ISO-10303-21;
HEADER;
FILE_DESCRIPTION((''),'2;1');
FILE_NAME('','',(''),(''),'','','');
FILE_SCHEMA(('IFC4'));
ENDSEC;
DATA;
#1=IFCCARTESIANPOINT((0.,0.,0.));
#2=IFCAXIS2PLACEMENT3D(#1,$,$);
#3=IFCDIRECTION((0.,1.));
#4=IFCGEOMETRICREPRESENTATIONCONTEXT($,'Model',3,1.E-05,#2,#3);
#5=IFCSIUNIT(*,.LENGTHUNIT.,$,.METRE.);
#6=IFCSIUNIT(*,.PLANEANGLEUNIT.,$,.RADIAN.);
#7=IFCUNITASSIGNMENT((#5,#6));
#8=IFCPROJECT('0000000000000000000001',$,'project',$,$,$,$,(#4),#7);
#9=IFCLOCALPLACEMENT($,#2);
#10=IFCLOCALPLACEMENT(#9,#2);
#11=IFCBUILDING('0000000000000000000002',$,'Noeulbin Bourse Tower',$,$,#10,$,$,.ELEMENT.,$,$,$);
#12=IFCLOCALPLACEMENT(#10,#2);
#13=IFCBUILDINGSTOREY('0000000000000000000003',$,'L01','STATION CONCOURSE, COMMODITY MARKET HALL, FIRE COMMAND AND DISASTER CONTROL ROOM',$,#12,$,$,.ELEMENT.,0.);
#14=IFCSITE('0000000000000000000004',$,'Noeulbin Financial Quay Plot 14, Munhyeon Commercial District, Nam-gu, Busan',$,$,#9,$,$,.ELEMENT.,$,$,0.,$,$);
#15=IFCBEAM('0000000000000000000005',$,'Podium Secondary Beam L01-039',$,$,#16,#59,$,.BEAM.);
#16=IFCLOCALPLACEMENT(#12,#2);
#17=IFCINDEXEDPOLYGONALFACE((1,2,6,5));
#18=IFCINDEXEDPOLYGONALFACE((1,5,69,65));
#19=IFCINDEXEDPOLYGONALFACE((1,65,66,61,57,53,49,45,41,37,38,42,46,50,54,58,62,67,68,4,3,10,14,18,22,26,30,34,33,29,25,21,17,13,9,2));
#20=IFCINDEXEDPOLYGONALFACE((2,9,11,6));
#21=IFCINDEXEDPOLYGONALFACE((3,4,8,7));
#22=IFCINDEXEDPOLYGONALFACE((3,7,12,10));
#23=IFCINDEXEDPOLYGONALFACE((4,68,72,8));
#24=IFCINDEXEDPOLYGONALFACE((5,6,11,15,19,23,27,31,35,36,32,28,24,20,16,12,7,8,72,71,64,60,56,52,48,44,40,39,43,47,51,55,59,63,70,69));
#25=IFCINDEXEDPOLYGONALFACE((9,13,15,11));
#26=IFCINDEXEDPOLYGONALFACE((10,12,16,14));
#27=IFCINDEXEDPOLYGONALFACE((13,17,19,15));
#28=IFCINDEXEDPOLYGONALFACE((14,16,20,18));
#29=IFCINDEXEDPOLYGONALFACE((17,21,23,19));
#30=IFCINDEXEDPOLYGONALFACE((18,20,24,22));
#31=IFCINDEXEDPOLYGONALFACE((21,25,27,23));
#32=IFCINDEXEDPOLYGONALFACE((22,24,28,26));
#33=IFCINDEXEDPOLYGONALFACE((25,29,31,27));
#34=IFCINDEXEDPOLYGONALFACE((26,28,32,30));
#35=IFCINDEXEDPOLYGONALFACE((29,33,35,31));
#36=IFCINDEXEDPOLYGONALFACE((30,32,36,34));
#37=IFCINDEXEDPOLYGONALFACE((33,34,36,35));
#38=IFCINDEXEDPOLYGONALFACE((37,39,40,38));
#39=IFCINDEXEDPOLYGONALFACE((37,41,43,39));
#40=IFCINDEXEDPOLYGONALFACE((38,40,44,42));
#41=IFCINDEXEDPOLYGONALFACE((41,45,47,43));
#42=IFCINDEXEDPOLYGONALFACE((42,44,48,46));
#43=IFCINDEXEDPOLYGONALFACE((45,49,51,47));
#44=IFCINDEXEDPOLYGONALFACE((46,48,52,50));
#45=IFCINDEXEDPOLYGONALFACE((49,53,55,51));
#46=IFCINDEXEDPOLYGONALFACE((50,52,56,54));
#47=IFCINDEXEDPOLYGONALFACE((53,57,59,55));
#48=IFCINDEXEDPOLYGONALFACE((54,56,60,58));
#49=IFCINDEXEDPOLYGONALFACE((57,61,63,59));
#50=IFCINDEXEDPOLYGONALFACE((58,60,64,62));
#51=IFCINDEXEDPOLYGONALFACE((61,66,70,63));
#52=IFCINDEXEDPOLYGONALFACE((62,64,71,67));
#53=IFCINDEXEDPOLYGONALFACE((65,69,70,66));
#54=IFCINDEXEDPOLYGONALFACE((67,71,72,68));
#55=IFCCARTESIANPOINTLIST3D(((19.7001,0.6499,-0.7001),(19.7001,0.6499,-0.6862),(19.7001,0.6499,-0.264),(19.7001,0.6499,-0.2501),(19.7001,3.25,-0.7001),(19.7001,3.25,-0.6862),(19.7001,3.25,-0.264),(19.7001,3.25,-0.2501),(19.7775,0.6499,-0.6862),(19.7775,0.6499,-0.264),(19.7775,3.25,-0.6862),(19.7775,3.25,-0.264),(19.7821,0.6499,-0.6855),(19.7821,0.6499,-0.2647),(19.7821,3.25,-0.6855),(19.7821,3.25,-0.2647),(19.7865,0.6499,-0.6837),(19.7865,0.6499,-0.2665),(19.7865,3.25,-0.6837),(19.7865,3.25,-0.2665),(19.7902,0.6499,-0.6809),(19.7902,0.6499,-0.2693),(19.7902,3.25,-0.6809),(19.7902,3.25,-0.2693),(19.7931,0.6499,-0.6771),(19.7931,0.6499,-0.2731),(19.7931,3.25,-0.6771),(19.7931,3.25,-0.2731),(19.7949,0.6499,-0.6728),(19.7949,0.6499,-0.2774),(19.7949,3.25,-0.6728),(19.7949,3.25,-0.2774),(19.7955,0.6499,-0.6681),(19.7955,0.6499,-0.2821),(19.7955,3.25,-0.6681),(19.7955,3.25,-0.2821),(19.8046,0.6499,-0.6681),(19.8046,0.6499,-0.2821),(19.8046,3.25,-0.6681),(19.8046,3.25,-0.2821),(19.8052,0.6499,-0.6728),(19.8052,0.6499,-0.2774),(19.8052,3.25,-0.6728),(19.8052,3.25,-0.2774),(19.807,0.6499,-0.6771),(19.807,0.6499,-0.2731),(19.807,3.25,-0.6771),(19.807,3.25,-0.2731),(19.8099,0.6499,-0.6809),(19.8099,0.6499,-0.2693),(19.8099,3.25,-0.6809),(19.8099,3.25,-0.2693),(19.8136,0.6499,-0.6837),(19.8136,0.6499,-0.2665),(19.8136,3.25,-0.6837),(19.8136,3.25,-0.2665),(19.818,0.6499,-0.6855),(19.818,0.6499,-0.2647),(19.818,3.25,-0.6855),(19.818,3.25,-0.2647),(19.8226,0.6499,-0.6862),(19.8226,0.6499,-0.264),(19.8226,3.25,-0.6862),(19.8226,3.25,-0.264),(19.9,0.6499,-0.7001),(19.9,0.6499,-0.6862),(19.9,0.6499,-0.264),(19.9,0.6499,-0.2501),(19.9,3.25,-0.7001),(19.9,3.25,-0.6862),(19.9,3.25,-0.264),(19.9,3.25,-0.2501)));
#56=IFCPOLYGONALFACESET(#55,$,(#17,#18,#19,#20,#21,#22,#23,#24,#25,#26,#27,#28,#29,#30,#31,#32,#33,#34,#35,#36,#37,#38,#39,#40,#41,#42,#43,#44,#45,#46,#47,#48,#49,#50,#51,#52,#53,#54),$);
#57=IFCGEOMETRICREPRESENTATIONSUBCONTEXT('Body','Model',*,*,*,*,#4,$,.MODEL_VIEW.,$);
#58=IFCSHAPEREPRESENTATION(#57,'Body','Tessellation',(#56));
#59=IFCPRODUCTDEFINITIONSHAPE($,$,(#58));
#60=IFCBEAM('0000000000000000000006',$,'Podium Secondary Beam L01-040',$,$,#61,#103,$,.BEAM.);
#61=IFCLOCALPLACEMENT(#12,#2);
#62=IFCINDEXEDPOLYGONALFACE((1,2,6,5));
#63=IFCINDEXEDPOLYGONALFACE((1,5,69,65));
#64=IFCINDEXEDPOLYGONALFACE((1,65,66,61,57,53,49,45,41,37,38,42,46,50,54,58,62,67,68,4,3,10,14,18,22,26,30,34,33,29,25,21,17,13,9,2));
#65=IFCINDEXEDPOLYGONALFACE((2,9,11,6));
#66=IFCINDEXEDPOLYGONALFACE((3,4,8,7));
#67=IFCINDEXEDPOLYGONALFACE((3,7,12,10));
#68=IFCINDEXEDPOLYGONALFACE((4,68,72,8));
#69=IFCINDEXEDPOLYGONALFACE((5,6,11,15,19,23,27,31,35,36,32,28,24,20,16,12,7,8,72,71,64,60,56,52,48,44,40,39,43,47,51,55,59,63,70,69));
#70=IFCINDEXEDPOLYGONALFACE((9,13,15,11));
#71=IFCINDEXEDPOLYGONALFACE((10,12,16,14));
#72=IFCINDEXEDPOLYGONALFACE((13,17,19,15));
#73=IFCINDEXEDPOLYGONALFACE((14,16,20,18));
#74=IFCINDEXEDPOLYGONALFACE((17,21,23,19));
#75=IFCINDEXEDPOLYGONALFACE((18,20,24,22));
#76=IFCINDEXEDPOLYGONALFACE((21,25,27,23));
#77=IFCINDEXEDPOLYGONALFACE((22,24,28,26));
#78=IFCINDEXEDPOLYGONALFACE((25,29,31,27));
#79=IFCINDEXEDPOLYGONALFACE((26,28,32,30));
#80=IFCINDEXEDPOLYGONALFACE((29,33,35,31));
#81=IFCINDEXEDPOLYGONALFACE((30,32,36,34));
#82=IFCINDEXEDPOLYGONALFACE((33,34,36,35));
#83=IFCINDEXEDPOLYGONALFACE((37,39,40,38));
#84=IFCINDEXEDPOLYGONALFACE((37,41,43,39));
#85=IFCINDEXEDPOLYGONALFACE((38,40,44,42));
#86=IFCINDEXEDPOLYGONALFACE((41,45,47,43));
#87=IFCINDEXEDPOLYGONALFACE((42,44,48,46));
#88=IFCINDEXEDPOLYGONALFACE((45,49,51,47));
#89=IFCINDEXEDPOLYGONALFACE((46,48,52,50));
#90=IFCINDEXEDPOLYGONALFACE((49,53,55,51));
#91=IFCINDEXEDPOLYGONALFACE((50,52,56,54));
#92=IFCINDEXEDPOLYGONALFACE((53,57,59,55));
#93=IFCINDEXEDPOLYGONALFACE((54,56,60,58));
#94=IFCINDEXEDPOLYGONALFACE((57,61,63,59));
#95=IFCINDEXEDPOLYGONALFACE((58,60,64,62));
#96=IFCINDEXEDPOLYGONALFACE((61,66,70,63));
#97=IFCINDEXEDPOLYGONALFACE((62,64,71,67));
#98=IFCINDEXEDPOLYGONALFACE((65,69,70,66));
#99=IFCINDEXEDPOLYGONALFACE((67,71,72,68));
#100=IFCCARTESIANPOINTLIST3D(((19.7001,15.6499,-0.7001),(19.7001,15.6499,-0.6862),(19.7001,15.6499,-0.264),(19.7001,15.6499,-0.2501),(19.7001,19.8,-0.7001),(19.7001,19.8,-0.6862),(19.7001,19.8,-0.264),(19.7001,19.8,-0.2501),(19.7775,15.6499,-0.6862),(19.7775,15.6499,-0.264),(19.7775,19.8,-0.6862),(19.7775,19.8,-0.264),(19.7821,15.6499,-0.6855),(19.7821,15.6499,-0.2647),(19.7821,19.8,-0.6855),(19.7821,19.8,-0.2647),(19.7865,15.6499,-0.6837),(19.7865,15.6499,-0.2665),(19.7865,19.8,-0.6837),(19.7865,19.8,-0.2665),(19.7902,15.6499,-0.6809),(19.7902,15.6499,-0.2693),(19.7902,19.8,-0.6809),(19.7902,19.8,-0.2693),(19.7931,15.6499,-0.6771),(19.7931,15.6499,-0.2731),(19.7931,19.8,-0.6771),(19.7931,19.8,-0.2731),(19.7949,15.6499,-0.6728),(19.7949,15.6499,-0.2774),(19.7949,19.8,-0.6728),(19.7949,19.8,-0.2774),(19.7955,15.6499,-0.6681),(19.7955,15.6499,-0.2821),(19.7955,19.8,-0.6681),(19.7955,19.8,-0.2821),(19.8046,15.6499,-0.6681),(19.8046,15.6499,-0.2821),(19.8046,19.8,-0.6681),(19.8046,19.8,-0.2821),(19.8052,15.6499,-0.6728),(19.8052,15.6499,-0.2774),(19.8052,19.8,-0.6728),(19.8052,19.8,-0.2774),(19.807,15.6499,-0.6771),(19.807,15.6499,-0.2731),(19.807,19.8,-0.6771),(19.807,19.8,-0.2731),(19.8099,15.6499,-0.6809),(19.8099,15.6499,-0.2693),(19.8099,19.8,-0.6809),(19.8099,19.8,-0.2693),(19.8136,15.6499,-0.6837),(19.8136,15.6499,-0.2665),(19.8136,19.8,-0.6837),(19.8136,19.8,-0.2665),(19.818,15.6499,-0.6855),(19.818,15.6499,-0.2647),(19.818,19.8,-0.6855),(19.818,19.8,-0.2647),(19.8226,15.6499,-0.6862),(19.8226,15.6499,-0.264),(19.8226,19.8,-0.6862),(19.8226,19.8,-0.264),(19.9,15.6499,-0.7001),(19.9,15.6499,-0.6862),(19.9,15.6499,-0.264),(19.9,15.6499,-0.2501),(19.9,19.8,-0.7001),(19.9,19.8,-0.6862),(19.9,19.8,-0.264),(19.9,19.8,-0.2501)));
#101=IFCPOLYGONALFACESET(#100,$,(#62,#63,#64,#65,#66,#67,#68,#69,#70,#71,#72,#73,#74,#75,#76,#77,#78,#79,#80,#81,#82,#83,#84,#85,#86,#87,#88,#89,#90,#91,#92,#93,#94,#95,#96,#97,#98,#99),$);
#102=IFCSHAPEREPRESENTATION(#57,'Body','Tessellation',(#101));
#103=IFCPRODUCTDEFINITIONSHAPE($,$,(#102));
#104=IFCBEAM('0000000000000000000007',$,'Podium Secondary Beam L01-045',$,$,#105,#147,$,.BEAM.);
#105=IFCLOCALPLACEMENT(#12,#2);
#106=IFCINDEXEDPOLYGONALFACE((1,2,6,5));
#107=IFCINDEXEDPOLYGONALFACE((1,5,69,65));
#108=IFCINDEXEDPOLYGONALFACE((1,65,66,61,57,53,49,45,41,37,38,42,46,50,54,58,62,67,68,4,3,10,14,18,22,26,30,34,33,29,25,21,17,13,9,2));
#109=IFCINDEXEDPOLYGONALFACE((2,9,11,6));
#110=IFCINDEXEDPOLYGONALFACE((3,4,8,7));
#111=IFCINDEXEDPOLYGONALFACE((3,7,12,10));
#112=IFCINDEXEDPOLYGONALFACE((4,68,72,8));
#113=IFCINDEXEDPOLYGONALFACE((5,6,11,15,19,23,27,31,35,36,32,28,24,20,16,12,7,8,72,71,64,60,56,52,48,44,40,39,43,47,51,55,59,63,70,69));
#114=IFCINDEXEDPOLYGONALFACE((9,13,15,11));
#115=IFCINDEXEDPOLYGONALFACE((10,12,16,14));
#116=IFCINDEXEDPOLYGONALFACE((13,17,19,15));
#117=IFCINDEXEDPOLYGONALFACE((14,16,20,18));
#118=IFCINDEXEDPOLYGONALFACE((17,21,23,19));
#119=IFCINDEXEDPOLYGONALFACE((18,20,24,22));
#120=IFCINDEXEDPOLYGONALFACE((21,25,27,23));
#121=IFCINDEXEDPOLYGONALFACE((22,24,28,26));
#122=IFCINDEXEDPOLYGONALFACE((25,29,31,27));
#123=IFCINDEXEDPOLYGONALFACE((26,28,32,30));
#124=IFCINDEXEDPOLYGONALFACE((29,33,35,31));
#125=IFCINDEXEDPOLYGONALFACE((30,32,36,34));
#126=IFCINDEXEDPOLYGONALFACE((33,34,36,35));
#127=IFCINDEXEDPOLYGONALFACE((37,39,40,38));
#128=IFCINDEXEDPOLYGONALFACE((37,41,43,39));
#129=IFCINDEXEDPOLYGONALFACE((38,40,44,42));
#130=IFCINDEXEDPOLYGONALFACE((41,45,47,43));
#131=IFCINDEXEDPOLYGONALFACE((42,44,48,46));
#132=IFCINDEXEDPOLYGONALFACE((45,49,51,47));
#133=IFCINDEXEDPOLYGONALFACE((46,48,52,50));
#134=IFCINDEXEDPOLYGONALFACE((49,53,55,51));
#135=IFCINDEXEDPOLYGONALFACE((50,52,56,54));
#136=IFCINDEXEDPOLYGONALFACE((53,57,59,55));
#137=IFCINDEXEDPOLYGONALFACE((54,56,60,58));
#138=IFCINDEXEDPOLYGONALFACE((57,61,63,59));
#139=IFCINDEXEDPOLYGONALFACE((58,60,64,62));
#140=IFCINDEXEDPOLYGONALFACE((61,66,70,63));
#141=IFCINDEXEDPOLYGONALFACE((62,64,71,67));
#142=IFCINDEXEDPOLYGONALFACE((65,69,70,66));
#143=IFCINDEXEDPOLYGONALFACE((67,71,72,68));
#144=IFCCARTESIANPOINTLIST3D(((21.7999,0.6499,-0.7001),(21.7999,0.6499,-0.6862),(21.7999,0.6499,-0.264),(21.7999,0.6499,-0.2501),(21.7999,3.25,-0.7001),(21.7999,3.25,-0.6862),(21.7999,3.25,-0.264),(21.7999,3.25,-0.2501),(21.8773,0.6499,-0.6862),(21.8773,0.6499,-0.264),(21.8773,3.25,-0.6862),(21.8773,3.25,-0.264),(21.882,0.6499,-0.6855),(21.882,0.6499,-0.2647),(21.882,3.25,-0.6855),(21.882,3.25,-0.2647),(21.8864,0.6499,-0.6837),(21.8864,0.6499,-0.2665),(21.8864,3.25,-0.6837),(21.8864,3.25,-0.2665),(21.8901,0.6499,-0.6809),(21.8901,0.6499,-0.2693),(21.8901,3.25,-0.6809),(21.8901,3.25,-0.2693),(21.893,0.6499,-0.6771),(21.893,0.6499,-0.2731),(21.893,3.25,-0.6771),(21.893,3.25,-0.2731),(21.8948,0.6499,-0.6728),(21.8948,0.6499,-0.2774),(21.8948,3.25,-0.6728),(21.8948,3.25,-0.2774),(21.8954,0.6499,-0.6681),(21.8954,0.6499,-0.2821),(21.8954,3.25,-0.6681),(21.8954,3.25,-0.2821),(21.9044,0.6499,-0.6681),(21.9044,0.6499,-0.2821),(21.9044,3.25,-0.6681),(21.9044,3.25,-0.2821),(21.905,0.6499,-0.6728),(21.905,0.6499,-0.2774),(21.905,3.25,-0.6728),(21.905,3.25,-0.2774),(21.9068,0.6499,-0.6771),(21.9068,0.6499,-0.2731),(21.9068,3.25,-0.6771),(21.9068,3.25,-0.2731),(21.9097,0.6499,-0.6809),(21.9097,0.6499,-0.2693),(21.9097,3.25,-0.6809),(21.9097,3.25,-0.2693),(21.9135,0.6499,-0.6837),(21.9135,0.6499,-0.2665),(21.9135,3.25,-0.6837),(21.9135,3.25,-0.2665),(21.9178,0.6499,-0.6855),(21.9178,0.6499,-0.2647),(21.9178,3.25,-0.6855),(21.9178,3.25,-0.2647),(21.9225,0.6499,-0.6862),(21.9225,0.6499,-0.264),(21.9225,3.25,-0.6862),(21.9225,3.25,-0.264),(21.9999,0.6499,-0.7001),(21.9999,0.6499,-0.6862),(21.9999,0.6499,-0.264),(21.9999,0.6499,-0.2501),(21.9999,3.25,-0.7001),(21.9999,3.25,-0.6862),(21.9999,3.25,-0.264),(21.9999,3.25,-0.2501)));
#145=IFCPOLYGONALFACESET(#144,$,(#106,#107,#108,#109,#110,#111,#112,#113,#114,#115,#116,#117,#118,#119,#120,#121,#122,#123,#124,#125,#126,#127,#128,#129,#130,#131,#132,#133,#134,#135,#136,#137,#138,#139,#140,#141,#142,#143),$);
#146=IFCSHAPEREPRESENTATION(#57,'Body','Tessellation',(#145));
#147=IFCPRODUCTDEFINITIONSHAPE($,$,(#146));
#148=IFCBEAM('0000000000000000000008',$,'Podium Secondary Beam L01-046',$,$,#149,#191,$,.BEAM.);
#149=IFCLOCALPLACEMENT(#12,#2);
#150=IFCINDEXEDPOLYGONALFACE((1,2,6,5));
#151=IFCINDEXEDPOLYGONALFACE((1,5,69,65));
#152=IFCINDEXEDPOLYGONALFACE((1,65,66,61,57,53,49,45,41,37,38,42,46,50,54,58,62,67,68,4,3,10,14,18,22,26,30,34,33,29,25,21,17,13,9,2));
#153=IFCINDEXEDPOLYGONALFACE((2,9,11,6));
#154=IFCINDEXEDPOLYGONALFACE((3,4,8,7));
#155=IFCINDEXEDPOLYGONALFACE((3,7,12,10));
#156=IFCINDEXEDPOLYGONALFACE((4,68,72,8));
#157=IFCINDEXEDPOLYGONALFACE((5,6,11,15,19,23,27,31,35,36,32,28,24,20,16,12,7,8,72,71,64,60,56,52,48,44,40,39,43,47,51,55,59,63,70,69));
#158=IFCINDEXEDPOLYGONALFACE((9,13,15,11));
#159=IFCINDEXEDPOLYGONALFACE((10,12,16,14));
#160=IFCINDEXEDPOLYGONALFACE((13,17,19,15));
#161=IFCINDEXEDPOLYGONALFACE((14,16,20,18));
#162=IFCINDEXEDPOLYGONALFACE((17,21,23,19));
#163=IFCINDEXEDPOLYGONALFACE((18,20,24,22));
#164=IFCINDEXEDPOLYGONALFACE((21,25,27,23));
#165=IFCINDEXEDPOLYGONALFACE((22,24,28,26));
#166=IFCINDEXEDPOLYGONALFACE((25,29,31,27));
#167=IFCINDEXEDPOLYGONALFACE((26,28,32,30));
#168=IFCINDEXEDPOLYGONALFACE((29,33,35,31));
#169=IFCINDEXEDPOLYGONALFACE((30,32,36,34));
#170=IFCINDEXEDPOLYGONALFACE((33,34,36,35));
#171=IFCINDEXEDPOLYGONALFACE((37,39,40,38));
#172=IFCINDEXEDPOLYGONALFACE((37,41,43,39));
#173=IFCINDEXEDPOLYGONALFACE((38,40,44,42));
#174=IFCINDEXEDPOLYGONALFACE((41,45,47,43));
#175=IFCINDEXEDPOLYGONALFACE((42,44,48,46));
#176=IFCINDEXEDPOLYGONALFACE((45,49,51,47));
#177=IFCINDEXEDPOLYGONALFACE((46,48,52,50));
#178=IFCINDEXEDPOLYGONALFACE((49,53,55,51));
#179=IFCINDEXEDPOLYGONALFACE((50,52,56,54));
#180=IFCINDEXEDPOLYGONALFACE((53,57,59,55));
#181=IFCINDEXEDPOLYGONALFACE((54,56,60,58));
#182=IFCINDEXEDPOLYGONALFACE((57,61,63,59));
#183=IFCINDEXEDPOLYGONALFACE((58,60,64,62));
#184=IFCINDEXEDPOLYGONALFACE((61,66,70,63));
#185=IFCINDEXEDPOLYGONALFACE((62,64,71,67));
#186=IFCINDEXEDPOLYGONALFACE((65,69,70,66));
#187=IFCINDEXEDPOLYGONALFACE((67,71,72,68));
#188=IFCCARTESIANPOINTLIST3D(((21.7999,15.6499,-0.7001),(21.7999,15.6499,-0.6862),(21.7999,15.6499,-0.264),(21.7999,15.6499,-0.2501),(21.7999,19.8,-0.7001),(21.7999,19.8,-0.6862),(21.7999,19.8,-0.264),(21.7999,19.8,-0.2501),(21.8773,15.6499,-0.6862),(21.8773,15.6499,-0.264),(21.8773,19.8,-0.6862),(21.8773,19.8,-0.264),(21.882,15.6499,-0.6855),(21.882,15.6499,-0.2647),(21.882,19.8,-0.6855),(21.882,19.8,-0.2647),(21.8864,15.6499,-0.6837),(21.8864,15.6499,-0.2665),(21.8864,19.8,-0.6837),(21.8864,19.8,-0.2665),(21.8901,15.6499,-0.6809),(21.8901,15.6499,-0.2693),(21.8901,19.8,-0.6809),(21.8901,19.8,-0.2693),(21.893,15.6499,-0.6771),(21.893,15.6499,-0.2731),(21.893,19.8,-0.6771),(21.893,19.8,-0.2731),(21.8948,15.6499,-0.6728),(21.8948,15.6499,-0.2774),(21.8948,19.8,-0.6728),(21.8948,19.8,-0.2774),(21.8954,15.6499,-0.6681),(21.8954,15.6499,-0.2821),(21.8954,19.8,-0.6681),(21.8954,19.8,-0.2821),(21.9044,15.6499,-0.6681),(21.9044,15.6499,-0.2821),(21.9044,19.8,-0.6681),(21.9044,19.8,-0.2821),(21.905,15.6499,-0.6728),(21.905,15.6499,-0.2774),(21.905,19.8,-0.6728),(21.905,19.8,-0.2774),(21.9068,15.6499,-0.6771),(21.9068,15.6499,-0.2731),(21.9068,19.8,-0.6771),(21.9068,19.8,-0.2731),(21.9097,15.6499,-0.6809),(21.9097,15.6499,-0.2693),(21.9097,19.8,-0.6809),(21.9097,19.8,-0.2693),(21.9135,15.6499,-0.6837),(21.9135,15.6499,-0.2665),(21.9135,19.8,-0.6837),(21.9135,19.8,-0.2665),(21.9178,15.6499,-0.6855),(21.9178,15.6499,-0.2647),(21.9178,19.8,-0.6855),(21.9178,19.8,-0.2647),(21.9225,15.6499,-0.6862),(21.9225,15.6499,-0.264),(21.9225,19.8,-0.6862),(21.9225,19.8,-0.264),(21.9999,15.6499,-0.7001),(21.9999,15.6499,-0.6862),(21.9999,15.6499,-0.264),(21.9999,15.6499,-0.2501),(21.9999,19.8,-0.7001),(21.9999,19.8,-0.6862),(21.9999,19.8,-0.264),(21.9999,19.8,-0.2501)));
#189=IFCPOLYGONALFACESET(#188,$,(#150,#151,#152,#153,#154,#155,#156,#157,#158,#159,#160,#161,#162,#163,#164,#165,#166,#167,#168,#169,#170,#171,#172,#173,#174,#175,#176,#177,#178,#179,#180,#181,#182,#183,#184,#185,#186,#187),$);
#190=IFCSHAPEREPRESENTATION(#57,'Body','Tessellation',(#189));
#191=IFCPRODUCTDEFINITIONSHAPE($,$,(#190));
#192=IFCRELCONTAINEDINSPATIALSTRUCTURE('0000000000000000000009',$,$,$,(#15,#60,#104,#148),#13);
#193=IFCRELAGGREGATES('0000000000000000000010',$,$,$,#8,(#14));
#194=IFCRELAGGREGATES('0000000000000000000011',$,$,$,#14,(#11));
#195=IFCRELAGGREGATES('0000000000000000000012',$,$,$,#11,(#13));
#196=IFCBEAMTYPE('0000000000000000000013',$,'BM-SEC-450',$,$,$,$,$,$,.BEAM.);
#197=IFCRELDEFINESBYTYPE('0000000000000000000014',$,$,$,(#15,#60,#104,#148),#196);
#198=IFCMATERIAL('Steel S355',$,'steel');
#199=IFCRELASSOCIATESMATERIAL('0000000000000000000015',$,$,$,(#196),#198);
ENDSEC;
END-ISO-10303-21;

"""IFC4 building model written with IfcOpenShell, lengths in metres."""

from ifc_helpers import new_model, si_unit, direction, frame, origin, origin_2d, place, context, subcontext, project, spatial, i_section, extrude, material, material_profile, profile_set, type_object, element, save


model = new_model("IFC4")

# Units and contexts
model_context = context("Model", 3, precision=1e-05, world=origin(), true_north=direction((0.0, 1.0)))
body_context = subcontext(model_context, "Body", "Model", "MODEL_VIEW")
ifc_project = project(units=[si_unit("LENGTHUNIT", "METRE"), si_unit("PLANEANGLEUNIT", "RADIAN")], contexts=[model_context])

# Site, building, storey
site_placement = place(None, origin())
site = spatial("IfcSite", under=ifc_project, at=site_placement, Name="Noeulbin Financial Quay Plot 14, Munhyeon Commercial District, Nam-gu, Busan", CompositionType="ELEMENT", RefElevation=0.0)
building_placement = place(site_placement, origin())
building = spatial("IfcBuilding", under=site, at=building_placement, Name="Noeulbin Bourse Tower", CompositionType="ELEMENT")
storey_placement = place(building_placement, origin())
storey = spatial("IfcBuildingStorey", under=building, at=storey_placement, Name="L01", Description="STATION CONCOURSE, COMMODITY MARKET HALL, FIRE COMMAND AND DISASTER CONTROL ROOM", CompositionType="ELEMENT", Elevation=0.0)

# Beams
ifc_material_1 = material(Name="Steel S355", Category="steel")
ifc_material_profile_1 = material_profile(ifc_material_1, i_section(OverallWidth=0.2, OverallDepth=0.45, WebThickness=0.009, FlangeThickness=0.0139, FilletRadius=0.0181, at=origin_2d()), Name="H-450x200x9x14", Category="LoadBearing")
ifc_profile_set_1 = profile_set([ifc_material_profile_1], Name="Steel S355")
beam_type_1 = type_object("IfcBeamType", Name="BM-SEC-450", PredefinedType="BEAM", material=ifc_profile_set_1)
beam_1_placement = place(storey_placement, frame((19.8, 0.6499, -0.4751), z_axis=(0.0, 1.0, 0.0), x_axis=(-1.0, 0.0, 0.0)))
element("IfcBeam", 1, at=beam_1_placement, inside=storey, type_object=beam_type_1, Name="Podium Secondary Beam L01-039", PredefinedType="BEAM", context=body_context, shape_type="SweptSolid", body=[
    extrude(i_section(OverallWidth=0.2, OverallDepth=0.45, WebThickness=0.009, FlangeThickness=0.0139, FilletRadius=0.0181, at=origin_2d()), origin(), (0.0, 0.0, 1.0), 2.6001),
])
beam_2_placement = place(storey_placement, frame((19.8, 15.6499, -0.4751), z_axis=(0.0, 1.0, 0.0), x_axis=(-1.0, 0.0, 0.0)))
element("IfcBeam", 2, at=beam_2_placement, inside=storey, type_object=beam_type_1, Name="Podium Secondary Beam L01-040", PredefinedType="BEAM", context=body_context, shape_type="SweptSolid", body=[
    extrude(i_section(OverallWidth=0.2, OverallDepth=0.45, WebThickness=0.009, FlangeThickness=0.0139, FilletRadius=0.0181, at=origin_2d()), origin(), (0.0, 0.0, 1.0), 4.1501),
])
beam_3_placement = place(storey_placement, frame((21.8999, 0.6499, -0.4751), z_axis=(0.0, 1.0, 0.0), x_axis=(-1.0, 0.0, 0.0)))
element("IfcBeam", 3, at=beam_3_placement, inside=storey, type_object=beam_type_1, Name="Podium Secondary Beam L01-045", PredefinedType="BEAM", context=body_context, shape_type="SweptSolid", body=[
    extrude(i_section(OverallWidth=0.2, OverallDepth=0.45, WebThickness=0.009, FlangeThickness=0.0139, FilletRadius=0.0181, at=origin_2d()), origin(), (0.0, 0.0, 1.0), 2.6001),
])
beam_4_placement = place(storey_placement, frame((21.8999, 15.6499, -0.4751), z_axis=(0.0, 1.0, 0.0), x_axis=(-1.0, 0.0, 0.0)))
element("IfcBeam", 4, at=beam_4_placement, inside=storey, type_object=beam_type_1, Name="Podium Secondary Beam L01-046", PredefinedType="BEAM", context=body_context, shape_type="SweptSolid", body=[
    extrude(i_section(OverallWidth=0.2, OverallDepth=0.45, WebThickness=0.009, FlangeThickness=0.0139, FilletRadius=0.0181, at=origin_2d()), origin(), (0.0, 0.0, 1.0), 4.1501),
])

save(model, "model.ifc")
